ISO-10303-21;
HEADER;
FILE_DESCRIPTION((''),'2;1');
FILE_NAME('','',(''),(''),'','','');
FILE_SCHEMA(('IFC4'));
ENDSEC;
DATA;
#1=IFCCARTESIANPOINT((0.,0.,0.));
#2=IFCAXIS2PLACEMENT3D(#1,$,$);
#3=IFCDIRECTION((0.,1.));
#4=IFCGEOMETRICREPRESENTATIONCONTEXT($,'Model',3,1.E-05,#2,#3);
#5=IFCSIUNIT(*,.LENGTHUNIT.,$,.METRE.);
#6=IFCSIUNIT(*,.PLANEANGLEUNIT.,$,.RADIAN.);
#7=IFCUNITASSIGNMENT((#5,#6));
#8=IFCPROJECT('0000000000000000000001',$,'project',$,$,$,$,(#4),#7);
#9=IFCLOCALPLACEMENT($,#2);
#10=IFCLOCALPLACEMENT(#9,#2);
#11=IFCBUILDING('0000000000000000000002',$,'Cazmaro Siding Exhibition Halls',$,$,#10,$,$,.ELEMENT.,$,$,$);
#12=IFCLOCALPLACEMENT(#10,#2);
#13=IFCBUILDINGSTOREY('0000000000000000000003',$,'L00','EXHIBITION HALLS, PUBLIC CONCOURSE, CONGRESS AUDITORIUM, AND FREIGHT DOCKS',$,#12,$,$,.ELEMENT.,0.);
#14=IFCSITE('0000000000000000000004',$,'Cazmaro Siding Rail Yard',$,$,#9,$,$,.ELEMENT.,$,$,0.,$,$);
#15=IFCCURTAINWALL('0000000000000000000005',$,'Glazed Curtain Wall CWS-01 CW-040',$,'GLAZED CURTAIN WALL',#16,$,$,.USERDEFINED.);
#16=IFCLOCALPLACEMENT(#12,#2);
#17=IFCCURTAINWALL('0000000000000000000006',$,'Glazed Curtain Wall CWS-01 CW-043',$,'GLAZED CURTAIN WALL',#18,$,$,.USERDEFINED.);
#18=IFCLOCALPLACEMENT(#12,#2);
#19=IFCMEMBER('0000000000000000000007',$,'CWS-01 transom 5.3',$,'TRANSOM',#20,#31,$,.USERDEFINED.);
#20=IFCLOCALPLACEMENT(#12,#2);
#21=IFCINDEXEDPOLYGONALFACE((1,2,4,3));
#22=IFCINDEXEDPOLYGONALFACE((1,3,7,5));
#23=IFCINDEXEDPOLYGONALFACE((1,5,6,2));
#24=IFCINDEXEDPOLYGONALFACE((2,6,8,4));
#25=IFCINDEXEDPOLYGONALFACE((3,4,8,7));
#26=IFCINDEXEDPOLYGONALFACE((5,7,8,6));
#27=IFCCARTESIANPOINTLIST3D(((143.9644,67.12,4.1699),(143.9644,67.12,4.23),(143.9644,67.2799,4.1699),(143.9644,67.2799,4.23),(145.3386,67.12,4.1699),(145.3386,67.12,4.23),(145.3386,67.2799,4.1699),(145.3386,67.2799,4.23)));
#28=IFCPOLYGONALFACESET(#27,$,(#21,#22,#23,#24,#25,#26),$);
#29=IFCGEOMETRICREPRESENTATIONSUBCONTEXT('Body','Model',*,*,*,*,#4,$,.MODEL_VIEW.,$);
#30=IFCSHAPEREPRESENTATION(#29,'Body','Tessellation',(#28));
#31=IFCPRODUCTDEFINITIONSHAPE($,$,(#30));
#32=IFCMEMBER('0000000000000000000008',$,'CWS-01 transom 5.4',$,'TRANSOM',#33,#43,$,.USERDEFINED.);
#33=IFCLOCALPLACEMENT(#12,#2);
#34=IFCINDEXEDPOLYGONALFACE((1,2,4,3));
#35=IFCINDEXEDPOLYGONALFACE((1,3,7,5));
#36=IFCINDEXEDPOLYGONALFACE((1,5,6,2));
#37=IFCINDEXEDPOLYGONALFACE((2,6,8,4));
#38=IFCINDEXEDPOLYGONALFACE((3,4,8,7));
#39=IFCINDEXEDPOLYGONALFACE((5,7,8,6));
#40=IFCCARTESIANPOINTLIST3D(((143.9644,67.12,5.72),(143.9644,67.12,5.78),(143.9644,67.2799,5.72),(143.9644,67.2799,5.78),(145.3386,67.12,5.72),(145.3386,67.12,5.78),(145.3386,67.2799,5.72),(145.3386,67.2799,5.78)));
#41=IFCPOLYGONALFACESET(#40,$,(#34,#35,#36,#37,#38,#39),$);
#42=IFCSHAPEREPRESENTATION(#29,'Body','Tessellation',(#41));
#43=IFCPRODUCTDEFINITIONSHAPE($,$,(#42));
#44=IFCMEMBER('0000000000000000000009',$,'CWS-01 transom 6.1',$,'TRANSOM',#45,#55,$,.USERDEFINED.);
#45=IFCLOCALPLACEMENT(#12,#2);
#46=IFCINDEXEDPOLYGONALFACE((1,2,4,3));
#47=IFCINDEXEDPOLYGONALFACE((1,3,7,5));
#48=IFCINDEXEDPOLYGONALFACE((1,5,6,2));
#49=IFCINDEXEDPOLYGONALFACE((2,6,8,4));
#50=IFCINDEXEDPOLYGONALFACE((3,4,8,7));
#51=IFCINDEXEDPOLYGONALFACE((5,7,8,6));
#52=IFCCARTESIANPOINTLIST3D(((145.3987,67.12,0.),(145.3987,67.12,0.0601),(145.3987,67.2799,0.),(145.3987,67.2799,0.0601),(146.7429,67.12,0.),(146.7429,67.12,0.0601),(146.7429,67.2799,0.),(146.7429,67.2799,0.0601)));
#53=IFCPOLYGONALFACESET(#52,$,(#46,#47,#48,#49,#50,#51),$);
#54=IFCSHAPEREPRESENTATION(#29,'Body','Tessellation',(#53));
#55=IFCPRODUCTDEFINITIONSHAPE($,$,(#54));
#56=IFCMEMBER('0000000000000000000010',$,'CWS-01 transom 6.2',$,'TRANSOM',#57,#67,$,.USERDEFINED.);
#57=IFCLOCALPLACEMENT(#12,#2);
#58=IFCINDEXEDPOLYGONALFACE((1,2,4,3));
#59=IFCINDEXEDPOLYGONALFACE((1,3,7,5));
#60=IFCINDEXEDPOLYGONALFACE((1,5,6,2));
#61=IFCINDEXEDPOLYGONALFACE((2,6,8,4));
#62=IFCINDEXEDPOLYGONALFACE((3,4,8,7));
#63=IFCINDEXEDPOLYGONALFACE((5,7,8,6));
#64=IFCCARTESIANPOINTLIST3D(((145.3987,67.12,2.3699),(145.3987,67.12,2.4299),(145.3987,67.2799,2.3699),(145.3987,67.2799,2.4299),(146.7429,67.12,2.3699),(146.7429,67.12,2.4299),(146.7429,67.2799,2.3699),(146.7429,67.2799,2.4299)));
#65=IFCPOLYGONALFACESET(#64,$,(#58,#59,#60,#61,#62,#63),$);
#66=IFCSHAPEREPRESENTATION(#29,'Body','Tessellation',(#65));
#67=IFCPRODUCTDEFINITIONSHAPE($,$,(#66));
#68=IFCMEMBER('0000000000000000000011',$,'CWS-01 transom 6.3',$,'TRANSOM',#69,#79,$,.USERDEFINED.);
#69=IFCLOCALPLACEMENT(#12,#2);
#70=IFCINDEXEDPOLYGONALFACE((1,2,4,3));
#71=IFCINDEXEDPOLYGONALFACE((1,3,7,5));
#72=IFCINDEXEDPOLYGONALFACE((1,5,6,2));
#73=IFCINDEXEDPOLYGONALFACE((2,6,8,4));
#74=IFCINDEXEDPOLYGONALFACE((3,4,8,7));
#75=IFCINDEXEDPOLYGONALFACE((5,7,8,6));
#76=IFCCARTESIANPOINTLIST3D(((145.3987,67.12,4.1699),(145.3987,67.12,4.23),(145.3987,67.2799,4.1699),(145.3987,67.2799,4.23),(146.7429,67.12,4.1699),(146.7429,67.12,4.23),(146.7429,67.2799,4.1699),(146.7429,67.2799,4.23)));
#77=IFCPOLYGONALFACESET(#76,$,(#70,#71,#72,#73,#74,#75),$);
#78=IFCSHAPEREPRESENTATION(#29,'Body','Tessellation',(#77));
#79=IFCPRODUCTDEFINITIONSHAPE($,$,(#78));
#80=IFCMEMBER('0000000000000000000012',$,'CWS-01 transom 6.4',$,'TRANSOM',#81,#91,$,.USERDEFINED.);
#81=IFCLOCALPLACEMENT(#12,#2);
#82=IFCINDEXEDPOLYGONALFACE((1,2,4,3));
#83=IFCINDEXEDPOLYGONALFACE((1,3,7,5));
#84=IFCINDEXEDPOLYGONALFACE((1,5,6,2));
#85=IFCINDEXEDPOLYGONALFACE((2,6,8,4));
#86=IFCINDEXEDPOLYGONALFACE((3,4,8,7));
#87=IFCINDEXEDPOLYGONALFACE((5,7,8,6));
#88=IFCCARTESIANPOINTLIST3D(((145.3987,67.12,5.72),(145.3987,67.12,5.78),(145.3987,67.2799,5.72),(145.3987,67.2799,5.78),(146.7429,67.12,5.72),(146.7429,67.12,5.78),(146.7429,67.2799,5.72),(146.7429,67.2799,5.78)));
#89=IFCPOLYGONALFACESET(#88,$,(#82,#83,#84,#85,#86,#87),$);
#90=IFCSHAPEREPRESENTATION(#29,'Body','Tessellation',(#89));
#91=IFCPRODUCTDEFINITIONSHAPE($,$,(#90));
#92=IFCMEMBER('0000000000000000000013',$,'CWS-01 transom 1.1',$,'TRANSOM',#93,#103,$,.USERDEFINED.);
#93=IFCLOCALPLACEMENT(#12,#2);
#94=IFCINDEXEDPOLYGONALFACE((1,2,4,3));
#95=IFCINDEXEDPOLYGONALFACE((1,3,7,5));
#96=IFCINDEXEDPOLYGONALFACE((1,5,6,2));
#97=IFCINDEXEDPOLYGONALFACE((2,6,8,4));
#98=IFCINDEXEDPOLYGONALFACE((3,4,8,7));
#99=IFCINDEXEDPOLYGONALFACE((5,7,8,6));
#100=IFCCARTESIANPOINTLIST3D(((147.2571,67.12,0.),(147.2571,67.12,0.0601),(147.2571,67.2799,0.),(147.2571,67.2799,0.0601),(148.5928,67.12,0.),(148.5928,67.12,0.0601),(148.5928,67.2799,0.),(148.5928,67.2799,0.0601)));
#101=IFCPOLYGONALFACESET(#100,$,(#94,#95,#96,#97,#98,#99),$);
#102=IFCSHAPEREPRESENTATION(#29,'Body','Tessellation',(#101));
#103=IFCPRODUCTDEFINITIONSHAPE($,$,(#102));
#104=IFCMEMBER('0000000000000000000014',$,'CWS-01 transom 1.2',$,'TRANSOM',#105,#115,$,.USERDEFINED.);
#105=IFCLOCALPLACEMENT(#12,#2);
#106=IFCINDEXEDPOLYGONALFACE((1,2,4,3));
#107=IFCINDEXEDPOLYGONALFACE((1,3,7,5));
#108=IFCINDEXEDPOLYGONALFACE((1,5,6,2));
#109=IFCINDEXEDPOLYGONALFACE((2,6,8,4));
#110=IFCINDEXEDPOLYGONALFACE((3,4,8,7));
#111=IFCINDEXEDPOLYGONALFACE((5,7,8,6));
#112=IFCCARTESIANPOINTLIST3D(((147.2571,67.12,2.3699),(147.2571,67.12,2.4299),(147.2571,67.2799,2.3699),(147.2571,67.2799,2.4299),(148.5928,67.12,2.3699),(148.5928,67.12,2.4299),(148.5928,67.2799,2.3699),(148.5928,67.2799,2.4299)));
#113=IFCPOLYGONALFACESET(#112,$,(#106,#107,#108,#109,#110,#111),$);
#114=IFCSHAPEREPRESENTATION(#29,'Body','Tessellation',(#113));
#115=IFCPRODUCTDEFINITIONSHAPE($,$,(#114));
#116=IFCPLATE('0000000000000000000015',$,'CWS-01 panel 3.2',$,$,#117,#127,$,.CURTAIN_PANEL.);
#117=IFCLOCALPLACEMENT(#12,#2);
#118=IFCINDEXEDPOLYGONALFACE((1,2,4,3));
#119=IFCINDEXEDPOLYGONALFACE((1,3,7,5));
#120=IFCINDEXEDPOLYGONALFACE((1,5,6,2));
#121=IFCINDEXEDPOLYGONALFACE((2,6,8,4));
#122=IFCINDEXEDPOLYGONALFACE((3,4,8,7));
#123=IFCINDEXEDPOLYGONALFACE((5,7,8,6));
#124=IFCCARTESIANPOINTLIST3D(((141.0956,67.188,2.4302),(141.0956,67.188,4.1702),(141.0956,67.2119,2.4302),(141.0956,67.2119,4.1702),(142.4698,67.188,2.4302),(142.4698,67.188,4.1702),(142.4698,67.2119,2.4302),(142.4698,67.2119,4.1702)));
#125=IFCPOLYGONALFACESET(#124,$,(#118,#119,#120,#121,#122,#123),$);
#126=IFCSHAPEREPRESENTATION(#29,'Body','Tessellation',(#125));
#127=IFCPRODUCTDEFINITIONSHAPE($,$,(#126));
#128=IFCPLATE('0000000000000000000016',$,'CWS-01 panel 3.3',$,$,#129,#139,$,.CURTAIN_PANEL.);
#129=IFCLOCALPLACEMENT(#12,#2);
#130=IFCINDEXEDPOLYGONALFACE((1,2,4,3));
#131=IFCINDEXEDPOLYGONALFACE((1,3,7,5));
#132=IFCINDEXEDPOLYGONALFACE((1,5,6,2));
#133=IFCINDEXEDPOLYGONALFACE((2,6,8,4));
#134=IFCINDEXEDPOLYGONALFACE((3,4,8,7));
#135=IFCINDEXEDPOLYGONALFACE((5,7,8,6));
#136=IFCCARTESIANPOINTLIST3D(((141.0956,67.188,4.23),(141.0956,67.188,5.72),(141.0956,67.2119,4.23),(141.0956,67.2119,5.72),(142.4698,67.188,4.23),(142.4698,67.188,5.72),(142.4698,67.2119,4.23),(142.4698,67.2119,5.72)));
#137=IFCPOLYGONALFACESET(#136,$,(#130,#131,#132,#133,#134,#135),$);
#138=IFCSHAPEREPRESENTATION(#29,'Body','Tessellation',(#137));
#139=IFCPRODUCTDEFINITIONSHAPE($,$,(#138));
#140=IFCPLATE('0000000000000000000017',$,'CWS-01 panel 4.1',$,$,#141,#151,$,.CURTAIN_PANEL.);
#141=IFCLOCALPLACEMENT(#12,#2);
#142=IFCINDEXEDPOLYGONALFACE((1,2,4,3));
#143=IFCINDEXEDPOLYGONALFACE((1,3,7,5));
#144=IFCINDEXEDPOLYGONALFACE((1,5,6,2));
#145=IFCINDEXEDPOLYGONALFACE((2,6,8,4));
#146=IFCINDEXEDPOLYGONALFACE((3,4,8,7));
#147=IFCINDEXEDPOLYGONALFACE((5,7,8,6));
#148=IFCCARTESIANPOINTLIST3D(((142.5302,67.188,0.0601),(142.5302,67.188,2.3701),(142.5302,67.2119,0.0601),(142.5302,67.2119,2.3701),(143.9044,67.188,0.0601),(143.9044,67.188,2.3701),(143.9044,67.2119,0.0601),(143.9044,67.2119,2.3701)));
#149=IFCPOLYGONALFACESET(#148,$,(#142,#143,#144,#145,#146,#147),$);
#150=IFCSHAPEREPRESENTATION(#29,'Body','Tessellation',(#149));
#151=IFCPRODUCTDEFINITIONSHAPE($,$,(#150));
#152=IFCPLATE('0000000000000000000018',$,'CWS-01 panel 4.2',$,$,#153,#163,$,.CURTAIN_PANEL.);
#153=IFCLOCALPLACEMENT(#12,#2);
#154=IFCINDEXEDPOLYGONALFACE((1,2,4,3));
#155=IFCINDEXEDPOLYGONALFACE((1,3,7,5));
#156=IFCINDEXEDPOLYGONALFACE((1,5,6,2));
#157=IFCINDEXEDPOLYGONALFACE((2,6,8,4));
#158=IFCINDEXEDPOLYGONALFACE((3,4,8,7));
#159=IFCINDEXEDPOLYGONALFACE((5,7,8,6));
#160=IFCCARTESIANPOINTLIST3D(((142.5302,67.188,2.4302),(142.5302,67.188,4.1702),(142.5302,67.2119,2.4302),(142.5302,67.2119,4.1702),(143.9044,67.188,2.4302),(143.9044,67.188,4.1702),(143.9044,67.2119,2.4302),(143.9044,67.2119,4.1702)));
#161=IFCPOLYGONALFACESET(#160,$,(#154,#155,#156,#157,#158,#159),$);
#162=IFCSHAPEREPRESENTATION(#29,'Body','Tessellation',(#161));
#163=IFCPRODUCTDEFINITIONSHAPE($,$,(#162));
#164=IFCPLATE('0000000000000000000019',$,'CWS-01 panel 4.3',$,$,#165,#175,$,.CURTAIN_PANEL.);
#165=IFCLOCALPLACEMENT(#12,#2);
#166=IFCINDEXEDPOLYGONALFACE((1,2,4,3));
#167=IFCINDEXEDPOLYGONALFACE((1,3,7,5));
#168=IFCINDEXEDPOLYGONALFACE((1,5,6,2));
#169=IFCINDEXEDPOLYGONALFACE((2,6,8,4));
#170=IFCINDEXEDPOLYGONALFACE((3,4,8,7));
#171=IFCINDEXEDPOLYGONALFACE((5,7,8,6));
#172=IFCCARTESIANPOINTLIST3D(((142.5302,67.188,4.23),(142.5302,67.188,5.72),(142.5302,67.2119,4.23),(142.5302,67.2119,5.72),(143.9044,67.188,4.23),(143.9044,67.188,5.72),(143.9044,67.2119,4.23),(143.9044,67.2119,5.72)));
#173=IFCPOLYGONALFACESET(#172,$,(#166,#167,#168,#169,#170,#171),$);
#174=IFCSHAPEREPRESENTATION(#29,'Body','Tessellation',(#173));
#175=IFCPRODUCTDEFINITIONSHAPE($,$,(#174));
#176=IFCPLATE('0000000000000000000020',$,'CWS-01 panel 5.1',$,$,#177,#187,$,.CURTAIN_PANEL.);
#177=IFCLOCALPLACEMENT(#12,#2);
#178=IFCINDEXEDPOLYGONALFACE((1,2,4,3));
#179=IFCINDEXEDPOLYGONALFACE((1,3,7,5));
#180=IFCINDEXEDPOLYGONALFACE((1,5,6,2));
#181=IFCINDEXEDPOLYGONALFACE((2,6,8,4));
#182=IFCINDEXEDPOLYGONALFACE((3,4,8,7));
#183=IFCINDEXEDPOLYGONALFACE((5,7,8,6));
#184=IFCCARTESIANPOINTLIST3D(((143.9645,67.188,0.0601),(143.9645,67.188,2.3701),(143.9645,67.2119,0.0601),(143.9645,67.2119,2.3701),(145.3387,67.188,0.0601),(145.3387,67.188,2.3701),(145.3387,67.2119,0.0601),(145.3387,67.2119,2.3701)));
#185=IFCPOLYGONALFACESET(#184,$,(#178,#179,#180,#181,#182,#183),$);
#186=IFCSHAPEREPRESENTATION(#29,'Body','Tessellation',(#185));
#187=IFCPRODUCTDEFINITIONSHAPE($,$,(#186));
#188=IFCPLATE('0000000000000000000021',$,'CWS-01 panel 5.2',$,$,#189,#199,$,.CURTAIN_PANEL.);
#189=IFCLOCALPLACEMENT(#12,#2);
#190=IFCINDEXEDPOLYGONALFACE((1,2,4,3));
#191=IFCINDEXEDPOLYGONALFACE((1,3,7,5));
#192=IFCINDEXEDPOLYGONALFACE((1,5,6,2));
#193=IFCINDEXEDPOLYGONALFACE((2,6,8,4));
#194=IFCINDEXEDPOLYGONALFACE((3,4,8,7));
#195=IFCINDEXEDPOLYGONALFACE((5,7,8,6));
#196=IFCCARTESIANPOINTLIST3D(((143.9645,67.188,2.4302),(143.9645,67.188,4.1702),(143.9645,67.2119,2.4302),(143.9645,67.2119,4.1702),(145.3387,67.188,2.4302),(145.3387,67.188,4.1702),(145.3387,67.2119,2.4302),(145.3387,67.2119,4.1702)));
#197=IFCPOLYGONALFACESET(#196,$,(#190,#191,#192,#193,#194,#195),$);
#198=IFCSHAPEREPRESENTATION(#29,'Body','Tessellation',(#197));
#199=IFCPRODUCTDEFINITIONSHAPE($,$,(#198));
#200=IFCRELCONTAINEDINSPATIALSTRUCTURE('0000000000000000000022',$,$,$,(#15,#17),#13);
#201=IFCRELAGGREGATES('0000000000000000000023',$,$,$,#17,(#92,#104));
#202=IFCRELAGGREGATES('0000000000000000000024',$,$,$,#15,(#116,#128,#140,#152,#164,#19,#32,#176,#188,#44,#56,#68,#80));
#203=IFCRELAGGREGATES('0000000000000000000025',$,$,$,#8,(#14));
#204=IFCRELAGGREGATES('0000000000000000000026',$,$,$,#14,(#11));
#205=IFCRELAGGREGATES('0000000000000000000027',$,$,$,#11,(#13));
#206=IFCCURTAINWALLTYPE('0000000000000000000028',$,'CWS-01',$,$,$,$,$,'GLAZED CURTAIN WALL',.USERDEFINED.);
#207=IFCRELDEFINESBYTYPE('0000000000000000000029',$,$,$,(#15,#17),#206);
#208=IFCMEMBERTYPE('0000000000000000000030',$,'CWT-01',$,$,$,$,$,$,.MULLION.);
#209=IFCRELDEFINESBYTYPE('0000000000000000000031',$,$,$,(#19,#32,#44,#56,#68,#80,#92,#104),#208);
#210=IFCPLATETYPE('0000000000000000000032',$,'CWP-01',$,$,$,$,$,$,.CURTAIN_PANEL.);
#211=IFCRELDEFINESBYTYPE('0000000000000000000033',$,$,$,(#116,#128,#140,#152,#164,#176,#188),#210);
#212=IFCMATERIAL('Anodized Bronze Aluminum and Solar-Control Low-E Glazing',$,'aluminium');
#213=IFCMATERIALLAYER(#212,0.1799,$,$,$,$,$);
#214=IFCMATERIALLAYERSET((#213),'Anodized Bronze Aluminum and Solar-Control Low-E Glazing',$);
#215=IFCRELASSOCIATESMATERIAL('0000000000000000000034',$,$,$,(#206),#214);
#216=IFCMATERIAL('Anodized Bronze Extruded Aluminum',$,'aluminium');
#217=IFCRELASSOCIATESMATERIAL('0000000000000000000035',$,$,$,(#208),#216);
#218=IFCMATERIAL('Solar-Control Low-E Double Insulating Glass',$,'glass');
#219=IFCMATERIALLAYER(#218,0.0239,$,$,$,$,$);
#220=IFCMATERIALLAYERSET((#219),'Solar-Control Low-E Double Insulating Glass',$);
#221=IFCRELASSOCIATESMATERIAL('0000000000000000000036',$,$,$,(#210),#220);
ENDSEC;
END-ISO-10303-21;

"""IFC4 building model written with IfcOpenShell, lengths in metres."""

from ifc_helpers import new_model, si_unit, direction, frame, origin, origin_2d, place, context, subcontext, project, spatial, rectangle, extrude, material, layer, layer_set, material_profile, profile_set, type_object, element, aggregate, save


model = new_model("IFC4")

# Units and contexts
model_context = context("Model", 3, precision=1e-05, world=origin(), true_north=direction((0.0, 1.0)))
body_context = subcontext(model_context, "Body", "Model", "MODEL_VIEW")
ifc_project = project(units=[si_unit("LENGTHUNIT", "METRE"), si_unit("PLANEANGLEUNIT", "RADIAN")], contexts=[model_context])

# Site, building, storey
site_placement = place(None, origin())
site = spatial("IfcSite", under=ifc_project, at=site_placement, Name="Cazmaro Siding Rail Yard", CompositionType="ELEMENT", RefElevation=0.0)
building_placement = place(site_placement, origin())
building = spatial("IfcBuilding", under=site, at=building_placement, Name="Cazmaro Siding Exhibition Halls", CompositionType="ELEMENT")
storey_placement = place(building_placement, origin())
storey = spatial("IfcBuildingStorey", under=building, at=storey_placement, Name="L00", Description="EXHIBITION HALLS, PUBLIC CONCOURSE, CONGRESS AUDITORIUM, AND FREIGHT DOCKS", CompositionType="ELEMENT", Elevation=0.0)

# Curtain wall
ifc_material_1 = material(Name="Anodized Bronze Aluminum and Solar-Control Low-E Glazing", Category="aluminium")
ifc_layer_1 = layer(ifc_material_1, 0.1799)
ifc_layer_set_1 = layer_set([ifc_layer_1], Name="Anodized Bronze Aluminum and Solar-Control Low-E Glazing")
curtain_wall_type = type_object("IfcCurtainWallType", Name="CWS-01", ElementType="GLAZED CURTAIN WALL", PredefinedType="USERDEFINED", material=ifc_layer_set_1)
curtain_wall_1_placement = place(storey_placement, origin())
curtain_wall_1 = element("IfcCurtainWall", 1, at=curtain_wall_1_placement, inside=storey, type_object=curtain_wall_type, Name="Glazed Curtain Wall CWS-01 CW-040", ObjectType="GLAZED CURTAIN WALL", PredefinedType="USERDEFINED")

# Curtain wall
curtain_wall_2_placement = place(storey_placement, origin())
curtain_wall_2 = element("IfcCurtainWall", 2, at=curtain_wall_2_placement, inside=storey, type_object=curtain_wall_type, Name="Glazed Curtain Wall CWS-01 CW-043", ObjectType="GLAZED CURTAIN WALL", PredefinedType="USERDEFINED")

# Members
ifc_material_2 = material(Name="Anodized Bronze Extruded Aluminum", Category="aluminium")
ifc_material_profile_1 = material_profile(ifc_material_2, rectangle(XDim=0.1599, YDim=0.0601, at=origin_2d()), Name="CWT-01")
ifc_profile_set_1 = profile_set([ifc_material_profile_1], Name="Anodized Bronze Extruded Aluminum")
member_type_1 = type_object("IfcMemberType", Name="CWT-01", PredefinedType="MULLION", material=ifc_profile_set_1)
member_1_placement = place(storey_placement, frame((143.9644, 67.2, 4.2), z_axis=(1.0, 0.0, 0.0), x_axis=(0.0, 1.0, 0.0)))
member_1 = element("IfcMember", 3, at=member_1_placement, type_object=member_type_1, Name="CWS-01 transom 5.3", ObjectType="TRANSOM", PredefinedType="USERDEFINED", context=body_context, shape_type="SweptSolid", body=[
    extrude(rectangle(XDim=0.1599, YDim=0.0601, at=origin_2d()), origin(), (0.0, 0.0, 1.0), 1.3743),
])
member_2_placement = place(storey_placement, frame((143.9644, 67.2, 5.75), z_axis=(1.0, 0.0, 0.0), x_axis=(0.0, 1.0, 0.0)))
member_2 = element("IfcMember", 4, at=member_2_placement, type_object=member_type_1, Name="CWS-01 transom 5.4", ObjectType="TRANSOM", PredefinedType="USERDEFINED", context=body_context, shape_type="SweptSolid", body=[
    extrude(rectangle(XDim=0.1599, YDim=0.0601, at=origin_2d()), origin(), (0.0, 0.0, 1.0), 1.3743),
])
member_3_placement = place(storey_placement, frame((145.3987, 67.2, 0.03), z_axis=(1.0, 0.0, 0.0), x_axis=(0.0, 1.0, 0.0)))
member_3 = element("IfcMember", 5, at=member_3_placement, type_object=member_type_1, Name="CWS-01 transom 6.1", ObjectType="TRANSOM", PredefinedType="USERDEFINED", context=body_context, shape_type="SweptSolid", body=[
    extrude(rectangle(XDim=0.1599, YDim=0.0601, at=origin_2d()), origin(), (0.0, 0.0, 1.0), 1.3442),
])
member_4_placement = place(storey_placement, frame((145.3987, 67.2, 2.3999), z_axis=(1.0, 0.0, 0.0), x_axis=(0.0, 1.0, 0.0)))
member_4 = element("IfcMember", 6, at=member_4_placement, type_object=member_type_1, Name="CWS-01 transom 6.2", ObjectType="TRANSOM", PredefinedType="USERDEFINED", context=body_context, shape_type="SweptSolid", body=[
    extrude(rectangle(XDim=0.1599, YDim=0.0601, at=origin_2d()), origin(), (0.0, 0.0, 1.0), 1.3442),
])
member_5_placement = place(storey_placement, frame((145.3987, 67.2, 4.2), z_axis=(1.0, 0.0, 0.0), x_axis=(0.0, 1.0, 0.0)))
member_5 = element("IfcMember", 7, at=member_5_placement, type_object=member_type_1, Name="CWS-01 transom 6.3", ObjectType="TRANSOM", PredefinedType="USERDEFINED", context=body_context, shape_type="SweptSolid", body=[
    extrude(rectangle(XDim=0.1599, YDim=0.0601, at=origin_2d()), origin(), (0.0, 0.0, 1.0), 1.3442),
])
member_6_placement = place(storey_placement, frame((145.3987, 67.2, 5.75), z_axis=(1.0, 0.0, 0.0), x_axis=(0.0, 1.0, 0.0)))
member_6 = element("IfcMember", 8, at=member_6_placement, type_object=member_type_1, Name="CWS-01 transom 6.4", ObjectType="TRANSOM", PredefinedType="USERDEFINED", context=body_context, shape_type="SweptSolid", body=[
    extrude(rectangle(XDim=0.1599, YDim=0.0601, at=origin_2d()), origin(), (0.0, 0.0, 1.0), 1.3442),
])
member_7_placement = place(storey_placement, frame((147.2571, 67.2, 0.03), z_axis=(1.0, 0.0, 0.0), x_axis=(0.0, 1.0, 0.0)))
member_7 = element("IfcMember", 9, at=member_7_placement, type_object=member_type_1, Name="CWS-01 transom 1.1", ObjectType="TRANSOM", PredefinedType="USERDEFINED", context=body_context, shape_type="SweptSolid", body=[
    extrude(rectangle(XDim=0.1599, YDim=0.0601, at=origin_2d()), origin(), (0.0, 0.0, 1.0), 1.3357),
])
member_8_placement = place(storey_placement, frame((147.2571, 67.2, 2.3999), z_axis=(1.0, 0.0, 0.0), x_axis=(0.0, 1.0, 0.0)))
member_8 = element("IfcMember", 10, at=member_8_placement, type_object=member_type_1, Name="CWS-01 transom 1.2", ObjectType="TRANSOM", PredefinedType="USERDEFINED", context=body_context, shape_type="SweptSolid", body=[
    extrude(rectangle(XDim=0.1599, YDim=0.0601, at=origin_2d()), origin(), (0.0, 0.0, 1.0), 1.3357),
])
aggregate(curtain_wall_2, [member_7, member_8])

# Plates
ifc_material_3 = material(Name="Solar-Control Low-E Double Insulating Glass", Category="glass")
ifc_layer_2 = layer(ifc_material_3, 0.0239)
ifc_layer_set_2 = layer_set([ifc_layer_2], Name="Solar-Control Low-E Double Insulating Glass")
plate_type = type_object("IfcPlateType", Name="CWP-01", PredefinedType="CURTAIN_PANEL", material=ifc_layer_set_2)
plate_1_placement = place(storey_placement, frame((141.7827, 67.2, 2.4302), z_axis=(0.0, 0.0, 1.0), x_axis=(1.0, 0.0, 0.0)))
plate_1 = element("IfcPlate", 11, at=plate_1_placement, type_object=plate_type, Name="CWS-01 panel 3.2", PredefinedType="CURTAIN_PANEL", context=body_context, shape_type="SweptSolid", body=[
    extrude(rectangle(XDim=1.3743, YDim=0.0239, at=origin_2d()), origin(), (0.0, 0.0, 1.0), 1.74),
])
plate_2_placement = place(storey_placement, frame((141.7827, 67.2, 4.23), z_axis=(0.0, 0.0, 1.0), x_axis=(1.0, 0.0, 0.0)))
plate_2 = element("IfcPlate", 12, at=plate_2_placement, type_object=plate_type, Name="CWS-01 panel 3.3", PredefinedType="CURTAIN_PANEL", context=body_context, shape_type="SweptSolid", body=[
    extrude(rectangle(XDim=1.3743, YDim=0.0239, at=origin_2d()), origin(), (0.0, 0.0, 1.0), 1.49),
])
plate_3_placement = place(storey_placement, frame((143.2173, 67.2, 0.0601), z_axis=(0.0, 0.0, 1.0), x_axis=(1.0, 0.0, 0.0)))
plate_3 = element("IfcPlate", 13, at=plate_3_placement, type_object=plate_type, Name="CWS-01 panel 4.1", PredefinedType="CURTAIN_PANEL", context=body_context, shape_type="SweptSolid", body=[
    extrude(rectangle(XDim=1.3743, YDim=0.0239, at=origin_2d()), origin(), (0.0, 0.0, 1.0), 2.3101),
])
plate_4_placement = place(storey_placement, frame((143.2173, 67.2, 2.4302), z_axis=(0.0, 0.0, 1.0), x_axis=(1.0, 0.0, 0.0)))
plate_4 = element("IfcPlate", 14, at=plate_4_placement, type_object=plate_type, Name="CWS-01 panel 4.2", PredefinedType="CURTAIN_PANEL", context=body_context, shape_type="SweptSolid", body=[
    extrude(rectangle(XDim=1.3743, YDim=0.0239, at=origin_2d()), origin(), (0.0, 0.0, 1.0), 1.74),
])
plate_5_placement = place(storey_placement, frame((143.2173, 67.2, 4.23), z_axis=(0.0, 0.0, 1.0), x_axis=(1.0, 0.0, 0.0)))
plate_5 = element("IfcPlate", 15, at=plate_5_placement, type_object=plate_type, Name="CWS-01 panel 4.3", PredefinedType="CURTAIN_PANEL", context=body_context, shape_type="SweptSolid", body=[
    extrude(rectangle(XDim=1.3743, YDim=0.0239, at=origin_2d()), origin(), (0.0, 0.0, 1.0), 1.49),
])
plate_6_placement = place(storey_placement, frame((144.6516, 67.2, 0.0601), z_axis=(0.0, 0.0, 1.0), x_axis=(1.0, 0.0, 0.0)))
plate_6 = element("IfcPlate", 16, at=plate_6_placement, type_object=plate_type, Name="CWS-01 panel 5.1", PredefinedType="CURTAIN_PANEL", context=body_context, shape_type="SweptSolid", body=[
    extrude(rectangle(XDim=1.3743, YDim=0.0239, at=origin_2d()), origin(), (0.0, 0.0, 1.0), 2.3101),
])
plate_7_placement = place(storey_placement, frame((144.6516, 67.2, 2.4302), z_axis=(0.0, 0.0, 1.0), x_axis=(1.0, 0.0, 0.0)))
plate_7 = element("IfcPlate", 17, at=plate_7_placement, type_object=plate_type, Name="CWS-01 panel 5.2", PredefinedType="CURTAIN_PANEL", context=body_context, shape_type="SweptSolid", body=[
    extrude(rectangle(XDim=1.3743, YDim=0.0239, at=origin_2d()), origin(), (0.0, 0.0, 1.0), 1.74),
])
aggregate(curtain_wall_1, [plate_1, plate_2, plate_3, plate_4, plate_5, member_1, member_2, plate_6, plate_7, member_3, member_4, member_5, member_6])

save(model, "model.ifc")
